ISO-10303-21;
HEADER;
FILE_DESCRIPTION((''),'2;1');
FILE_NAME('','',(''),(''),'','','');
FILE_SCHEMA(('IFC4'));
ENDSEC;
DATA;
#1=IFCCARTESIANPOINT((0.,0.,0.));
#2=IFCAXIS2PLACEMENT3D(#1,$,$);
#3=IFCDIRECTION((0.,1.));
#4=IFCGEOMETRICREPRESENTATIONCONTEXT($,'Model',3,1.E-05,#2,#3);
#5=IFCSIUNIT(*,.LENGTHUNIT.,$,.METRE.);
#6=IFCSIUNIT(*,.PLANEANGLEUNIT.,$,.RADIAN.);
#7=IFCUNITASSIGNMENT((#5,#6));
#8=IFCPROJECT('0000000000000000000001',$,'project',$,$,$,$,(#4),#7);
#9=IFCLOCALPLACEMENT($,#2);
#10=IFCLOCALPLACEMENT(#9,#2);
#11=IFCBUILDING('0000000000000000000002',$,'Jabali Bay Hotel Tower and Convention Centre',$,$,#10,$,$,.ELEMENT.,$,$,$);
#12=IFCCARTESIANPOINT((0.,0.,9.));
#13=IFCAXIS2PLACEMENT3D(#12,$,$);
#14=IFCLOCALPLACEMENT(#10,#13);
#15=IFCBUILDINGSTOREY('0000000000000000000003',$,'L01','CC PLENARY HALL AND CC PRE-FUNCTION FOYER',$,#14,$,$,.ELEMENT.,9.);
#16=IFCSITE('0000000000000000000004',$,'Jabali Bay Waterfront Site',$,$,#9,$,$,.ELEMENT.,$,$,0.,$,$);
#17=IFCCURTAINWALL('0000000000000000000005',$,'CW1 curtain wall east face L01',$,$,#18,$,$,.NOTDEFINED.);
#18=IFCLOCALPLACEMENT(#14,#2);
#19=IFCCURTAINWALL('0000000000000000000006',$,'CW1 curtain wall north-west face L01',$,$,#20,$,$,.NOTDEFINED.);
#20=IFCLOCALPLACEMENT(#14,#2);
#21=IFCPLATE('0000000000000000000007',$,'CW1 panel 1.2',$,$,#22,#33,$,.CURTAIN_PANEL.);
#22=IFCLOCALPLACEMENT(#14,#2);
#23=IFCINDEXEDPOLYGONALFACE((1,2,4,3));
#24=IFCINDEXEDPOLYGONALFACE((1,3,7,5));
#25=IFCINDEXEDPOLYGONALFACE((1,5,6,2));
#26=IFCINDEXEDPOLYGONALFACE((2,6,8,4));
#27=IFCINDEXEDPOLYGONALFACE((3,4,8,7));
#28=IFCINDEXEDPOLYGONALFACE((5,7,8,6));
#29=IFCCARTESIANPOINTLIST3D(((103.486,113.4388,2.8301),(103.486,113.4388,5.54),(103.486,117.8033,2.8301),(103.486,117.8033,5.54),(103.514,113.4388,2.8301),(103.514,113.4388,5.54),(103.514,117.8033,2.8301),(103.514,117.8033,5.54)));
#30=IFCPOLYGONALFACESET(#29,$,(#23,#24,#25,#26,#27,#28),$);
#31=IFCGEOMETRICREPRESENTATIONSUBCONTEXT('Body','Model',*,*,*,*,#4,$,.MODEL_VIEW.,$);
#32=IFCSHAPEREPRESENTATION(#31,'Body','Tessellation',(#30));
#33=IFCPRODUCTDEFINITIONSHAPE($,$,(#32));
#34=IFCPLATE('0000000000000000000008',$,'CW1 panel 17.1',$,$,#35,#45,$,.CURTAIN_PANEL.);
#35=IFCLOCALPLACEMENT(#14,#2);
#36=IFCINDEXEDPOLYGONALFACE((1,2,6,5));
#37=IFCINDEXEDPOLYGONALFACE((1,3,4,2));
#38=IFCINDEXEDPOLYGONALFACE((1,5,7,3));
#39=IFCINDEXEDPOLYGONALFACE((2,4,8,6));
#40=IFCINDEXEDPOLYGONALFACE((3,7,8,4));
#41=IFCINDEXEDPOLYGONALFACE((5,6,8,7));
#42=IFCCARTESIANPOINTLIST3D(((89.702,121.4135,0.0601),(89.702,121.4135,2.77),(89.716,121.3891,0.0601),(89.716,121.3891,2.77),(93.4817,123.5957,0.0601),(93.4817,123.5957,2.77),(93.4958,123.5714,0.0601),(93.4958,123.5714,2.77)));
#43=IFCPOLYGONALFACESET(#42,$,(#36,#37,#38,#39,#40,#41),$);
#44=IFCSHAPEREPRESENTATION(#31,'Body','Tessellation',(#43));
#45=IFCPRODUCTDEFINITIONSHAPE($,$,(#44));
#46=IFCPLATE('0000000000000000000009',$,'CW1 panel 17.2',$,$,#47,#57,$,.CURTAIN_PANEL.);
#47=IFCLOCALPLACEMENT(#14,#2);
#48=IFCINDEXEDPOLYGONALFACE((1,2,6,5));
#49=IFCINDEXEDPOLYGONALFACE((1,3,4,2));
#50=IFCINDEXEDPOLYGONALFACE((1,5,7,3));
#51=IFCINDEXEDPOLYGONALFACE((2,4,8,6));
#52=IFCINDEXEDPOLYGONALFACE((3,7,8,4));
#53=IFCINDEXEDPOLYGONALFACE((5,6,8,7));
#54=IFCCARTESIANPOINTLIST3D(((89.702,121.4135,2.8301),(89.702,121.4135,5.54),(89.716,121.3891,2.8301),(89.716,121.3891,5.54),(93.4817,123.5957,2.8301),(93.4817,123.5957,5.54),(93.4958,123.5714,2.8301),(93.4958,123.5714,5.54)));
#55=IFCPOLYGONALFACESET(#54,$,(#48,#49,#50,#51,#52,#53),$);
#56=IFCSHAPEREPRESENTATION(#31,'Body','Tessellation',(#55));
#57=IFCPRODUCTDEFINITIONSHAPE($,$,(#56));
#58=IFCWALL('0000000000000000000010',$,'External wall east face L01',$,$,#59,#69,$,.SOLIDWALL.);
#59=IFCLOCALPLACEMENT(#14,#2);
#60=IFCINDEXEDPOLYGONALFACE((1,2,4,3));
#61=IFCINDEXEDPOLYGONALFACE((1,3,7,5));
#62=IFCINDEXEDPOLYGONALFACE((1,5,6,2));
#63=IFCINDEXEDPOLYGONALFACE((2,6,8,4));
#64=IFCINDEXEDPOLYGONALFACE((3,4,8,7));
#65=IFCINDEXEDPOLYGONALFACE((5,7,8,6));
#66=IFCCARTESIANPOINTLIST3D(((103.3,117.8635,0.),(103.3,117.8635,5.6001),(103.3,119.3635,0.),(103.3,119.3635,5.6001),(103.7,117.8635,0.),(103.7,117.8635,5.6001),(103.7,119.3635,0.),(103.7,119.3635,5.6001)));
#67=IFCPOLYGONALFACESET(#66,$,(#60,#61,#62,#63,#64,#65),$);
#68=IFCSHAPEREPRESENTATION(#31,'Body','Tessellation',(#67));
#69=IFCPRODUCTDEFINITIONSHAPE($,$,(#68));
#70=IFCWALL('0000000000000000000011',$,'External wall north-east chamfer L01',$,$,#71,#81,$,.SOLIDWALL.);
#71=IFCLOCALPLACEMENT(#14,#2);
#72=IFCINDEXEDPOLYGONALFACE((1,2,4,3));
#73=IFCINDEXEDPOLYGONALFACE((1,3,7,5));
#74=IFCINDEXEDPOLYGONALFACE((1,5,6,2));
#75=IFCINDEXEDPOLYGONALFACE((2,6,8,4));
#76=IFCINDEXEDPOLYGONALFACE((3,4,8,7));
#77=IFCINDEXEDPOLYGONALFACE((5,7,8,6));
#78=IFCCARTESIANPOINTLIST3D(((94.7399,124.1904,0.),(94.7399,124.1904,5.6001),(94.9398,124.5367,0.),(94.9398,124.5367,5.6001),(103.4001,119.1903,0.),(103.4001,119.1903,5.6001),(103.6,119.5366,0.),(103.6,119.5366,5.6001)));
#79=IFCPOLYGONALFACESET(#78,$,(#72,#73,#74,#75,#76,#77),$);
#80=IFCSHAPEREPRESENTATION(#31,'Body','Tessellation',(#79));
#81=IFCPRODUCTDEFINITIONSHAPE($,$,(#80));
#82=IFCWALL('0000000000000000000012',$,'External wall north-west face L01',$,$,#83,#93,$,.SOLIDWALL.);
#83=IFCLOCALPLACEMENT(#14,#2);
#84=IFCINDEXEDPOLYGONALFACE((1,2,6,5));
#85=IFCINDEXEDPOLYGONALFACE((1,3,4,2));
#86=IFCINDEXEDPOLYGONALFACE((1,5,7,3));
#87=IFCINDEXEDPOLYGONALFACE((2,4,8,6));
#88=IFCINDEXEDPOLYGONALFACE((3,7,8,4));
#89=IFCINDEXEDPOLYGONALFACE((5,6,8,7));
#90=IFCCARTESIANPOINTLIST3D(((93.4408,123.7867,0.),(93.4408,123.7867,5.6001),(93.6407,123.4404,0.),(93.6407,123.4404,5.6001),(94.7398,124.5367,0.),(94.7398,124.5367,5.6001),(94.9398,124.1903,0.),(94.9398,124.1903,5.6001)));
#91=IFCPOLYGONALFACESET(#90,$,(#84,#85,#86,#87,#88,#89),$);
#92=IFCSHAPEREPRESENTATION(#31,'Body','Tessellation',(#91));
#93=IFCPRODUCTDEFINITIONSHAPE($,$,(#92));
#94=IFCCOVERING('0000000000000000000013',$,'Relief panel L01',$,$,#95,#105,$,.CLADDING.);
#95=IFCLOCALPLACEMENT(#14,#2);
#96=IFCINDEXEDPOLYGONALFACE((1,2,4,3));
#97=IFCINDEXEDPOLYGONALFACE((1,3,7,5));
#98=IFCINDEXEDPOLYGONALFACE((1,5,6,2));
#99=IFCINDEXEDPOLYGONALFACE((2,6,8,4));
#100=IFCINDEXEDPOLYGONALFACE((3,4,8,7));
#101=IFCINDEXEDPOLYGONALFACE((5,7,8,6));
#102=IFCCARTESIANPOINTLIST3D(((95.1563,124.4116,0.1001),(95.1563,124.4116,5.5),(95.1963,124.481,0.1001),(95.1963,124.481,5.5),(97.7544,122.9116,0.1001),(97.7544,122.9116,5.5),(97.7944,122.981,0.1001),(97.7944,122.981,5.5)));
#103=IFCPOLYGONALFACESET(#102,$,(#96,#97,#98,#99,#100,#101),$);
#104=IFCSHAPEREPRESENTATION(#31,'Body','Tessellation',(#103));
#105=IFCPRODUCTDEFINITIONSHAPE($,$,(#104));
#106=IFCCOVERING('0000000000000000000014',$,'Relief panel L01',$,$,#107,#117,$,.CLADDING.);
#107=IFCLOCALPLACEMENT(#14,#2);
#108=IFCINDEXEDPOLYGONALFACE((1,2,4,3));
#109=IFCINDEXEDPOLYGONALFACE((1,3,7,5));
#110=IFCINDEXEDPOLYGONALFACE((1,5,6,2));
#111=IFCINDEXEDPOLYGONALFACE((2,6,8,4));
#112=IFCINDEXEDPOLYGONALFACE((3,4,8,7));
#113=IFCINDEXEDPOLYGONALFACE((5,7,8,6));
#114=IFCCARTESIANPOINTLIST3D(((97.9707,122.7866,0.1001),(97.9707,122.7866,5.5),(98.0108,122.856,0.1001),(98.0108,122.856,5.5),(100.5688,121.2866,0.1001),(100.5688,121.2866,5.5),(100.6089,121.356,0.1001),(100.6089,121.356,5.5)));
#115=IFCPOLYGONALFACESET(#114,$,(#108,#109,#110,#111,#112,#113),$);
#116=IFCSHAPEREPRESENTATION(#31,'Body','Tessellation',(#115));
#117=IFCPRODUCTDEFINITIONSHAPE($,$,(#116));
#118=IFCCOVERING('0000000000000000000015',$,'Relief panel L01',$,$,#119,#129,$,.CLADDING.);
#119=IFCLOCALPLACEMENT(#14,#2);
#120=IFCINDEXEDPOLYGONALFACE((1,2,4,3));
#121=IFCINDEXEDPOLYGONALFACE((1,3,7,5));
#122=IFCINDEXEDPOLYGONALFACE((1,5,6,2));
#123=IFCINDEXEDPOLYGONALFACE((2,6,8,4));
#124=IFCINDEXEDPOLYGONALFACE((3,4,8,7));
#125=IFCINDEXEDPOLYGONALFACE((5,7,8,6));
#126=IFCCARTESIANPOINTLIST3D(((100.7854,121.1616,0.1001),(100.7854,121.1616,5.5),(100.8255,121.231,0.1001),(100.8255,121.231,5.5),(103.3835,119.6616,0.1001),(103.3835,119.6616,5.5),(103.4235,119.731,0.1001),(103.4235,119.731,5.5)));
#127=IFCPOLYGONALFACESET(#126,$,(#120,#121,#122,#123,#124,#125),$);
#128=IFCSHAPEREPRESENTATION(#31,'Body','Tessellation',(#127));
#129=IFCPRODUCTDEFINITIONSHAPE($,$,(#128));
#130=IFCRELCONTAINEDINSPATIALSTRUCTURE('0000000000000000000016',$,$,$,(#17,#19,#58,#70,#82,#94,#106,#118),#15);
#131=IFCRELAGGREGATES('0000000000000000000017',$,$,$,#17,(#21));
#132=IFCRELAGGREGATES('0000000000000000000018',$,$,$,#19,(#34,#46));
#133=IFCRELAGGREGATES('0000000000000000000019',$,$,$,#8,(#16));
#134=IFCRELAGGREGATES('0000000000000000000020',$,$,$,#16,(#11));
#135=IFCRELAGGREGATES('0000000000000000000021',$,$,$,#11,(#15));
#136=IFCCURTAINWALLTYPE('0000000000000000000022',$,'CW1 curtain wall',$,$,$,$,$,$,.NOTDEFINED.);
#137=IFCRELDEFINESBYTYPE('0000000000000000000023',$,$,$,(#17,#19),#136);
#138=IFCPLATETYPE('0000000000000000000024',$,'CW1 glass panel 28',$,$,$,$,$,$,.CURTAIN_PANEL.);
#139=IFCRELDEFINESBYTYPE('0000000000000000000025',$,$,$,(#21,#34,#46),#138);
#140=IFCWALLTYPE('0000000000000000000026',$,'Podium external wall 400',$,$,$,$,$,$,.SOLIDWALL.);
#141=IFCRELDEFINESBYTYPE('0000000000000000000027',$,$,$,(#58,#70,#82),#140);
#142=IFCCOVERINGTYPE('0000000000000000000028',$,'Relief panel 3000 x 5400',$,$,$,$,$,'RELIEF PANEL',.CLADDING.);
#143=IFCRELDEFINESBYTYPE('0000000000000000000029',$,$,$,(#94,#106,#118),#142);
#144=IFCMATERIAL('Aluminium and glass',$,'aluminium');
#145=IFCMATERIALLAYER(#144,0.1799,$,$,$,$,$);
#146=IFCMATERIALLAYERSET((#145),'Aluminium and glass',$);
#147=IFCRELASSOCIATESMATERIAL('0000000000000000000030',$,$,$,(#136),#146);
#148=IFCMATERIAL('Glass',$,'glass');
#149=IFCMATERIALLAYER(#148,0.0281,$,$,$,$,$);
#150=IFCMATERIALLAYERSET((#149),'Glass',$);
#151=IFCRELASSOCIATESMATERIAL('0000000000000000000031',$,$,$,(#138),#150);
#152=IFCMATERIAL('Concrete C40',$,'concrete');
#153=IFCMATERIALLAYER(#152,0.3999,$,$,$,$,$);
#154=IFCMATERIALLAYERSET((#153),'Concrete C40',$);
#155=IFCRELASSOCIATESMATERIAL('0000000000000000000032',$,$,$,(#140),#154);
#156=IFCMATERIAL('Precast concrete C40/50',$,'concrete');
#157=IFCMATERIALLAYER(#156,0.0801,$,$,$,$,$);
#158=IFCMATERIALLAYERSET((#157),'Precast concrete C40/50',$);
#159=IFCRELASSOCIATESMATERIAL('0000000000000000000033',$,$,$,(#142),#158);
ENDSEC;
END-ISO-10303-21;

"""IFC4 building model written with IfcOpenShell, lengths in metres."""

from ifc_helpers import new_model, si_unit, direction, frame, frame_2d, origin, origin_2d, place, context, subcontext, project, spatial, rectangle, extrude, material, layer, layer_set, type_object, element, aggregate, save


model = new_model("IFC4")

# Units and contexts
model_context = context("Model", 3, precision=1e-05, world=origin(), true_north=direction((0.0, 1.0)))
body_context = subcontext(model_context, "Body", "Model", "MODEL_VIEW")
ifc_project = project(units=[si_unit("LENGTHUNIT", "METRE"), si_unit("PLANEANGLEUNIT", "RADIAN")], contexts=[model_context])

# Site, building, storey
site_placement = place(None, origin())
site = spatial("IfcSite", under=ifc_project, at=site_placement, Name="Jabali Bay Waterfront Site", CompositionType="ELEMENT", RefElevation=0.0)
building_placement = place(site_placement, origin())
building = spatial("IfcBuilding", under=site, at=building_placement, Name="Jabali Bay Hotel Tower and Convention Centre", CompositionType="ELEMENT")
storey_placement = place(building_placement, frame((0.0, 0.0, 9.0)))
storey = spatial("IfcBuildingStorey", under=building, at=storey_placement, Name="L01", Description="CC PLENARY HALL AND CC PRE-FUNCTION FOYER", CompositionType="ELEMENT", Elevation=9.0)

# Shared definitions
ifc_material_1 = material(Name="Concrete C40", Category="concrete")

# Curtain walls
ifc_material_2 = material(Name="Aluminium and glass", Category="aluminium")
ifc_layer_1 = layer(ifc_material_2, 0.1799)
ifc_layer_set_1 = layer_set([ifc_layer_1], Name="Aluminium and glass")
curtain_wall_type = type_object("IfcCurtainWallType", Name="CW1 curtain wall", PredefinedType="NOTDEFINED", material=ifc_layer_set_1)
curtain_wall_1_placement = place(storey_placement, origin())
curtain_wall_1 = element("IfcCurtainWall", 1, at=curtain_wall_1_placement, inside=storey, type_object=curtain_wall_type, Name="CW1 curtain wall east face L01", PredefinedType="NOTDEFINED")
curtain_wall_2_placement = place(storey_placement, origin())
curtain_wall_2 = element("IfcCurtainWall", 2, at=curtain_wall_2_placement, inside=storey, type_object=curtain_wall_type, Name="CW1 curtain wall north-west face L01", PredefinedType="NOTDEFINED")

# Plates
ifc_material_3 = material(Name="Glass", Category="glass")
ifc_layer_2 = layer(ifc_material_3, 0.0281)
ifc_layer_set_2 = layer_set([ifc_layer_2], Name="Glass")
plate_type = type_object("IfcPlateType", Name="CW1 glass panel 28", PredefinedType="CURTAIN_PANEL", material=ifc_layer_set_2)
plate_1_placement = place(storey_placement, frame((103.5, 115.6211, 2.8301), z_axis=(0.0, 0.0, 1.0), x_axis=(0.0, -1.0, 0.0)))
plate_1 = element("IfcPlate", 3, at=plate_1_placement, type_object=plate_type, Name="CW1 panel 1.2", PredefinedType="CURTAIN_PANEL", context=body_context, shape_type="SweptSolid", body=[
    extrude(rectangle(XDim=4.3645, YDim=0.0281, at=origin_2d()), origin(), (0.0, 0.0, 1.0), 2.71),
])
aggregate(curtain_wall_1, [plate_1])
plate_2_placement = place(storey_placement, frame((91.5989, 122.4924, 0.0601), z_axis=(0.0, 0.0, 1.0), x_axis=(0.866025, 0.5, 0.0)))
plate_2 = element("IfcPlate", 4, at=plate_2_placement, type_object=plate_type, Name="CW1 panel 17.1", PredefinedType="CURTAIN_PANEL", context=body_context, shape_type="SweptSolid", body=[
    extrude(rectangle(XDim=4.3645, YDim=0.0281, at=origin_2d()), origin(), (0.0, 0.0, 1.0), 2.71),
])
plate_3_placement = place(storey_placement, frame((91.5989, 122.4924, 2.8301), z_axis=(0.0, 0.0, 1.0), x_axis=(0.866025, 0.5, 0.0)))
plate_3 = element("IfcPlate", 5, at=plate_3_placement, type_object=plate_type, Name="CW1 panel 17.2", PredefinedType="CURTAIN_PANEL", context=body_context, shape_type="SweptSolid", body=[
    extrude(rectangle(XDim=4.3645, YDim=0.0281, at=origin_2d()), origin(), (0.0, 0.0, 1.0), 2.71),
])
aggregate(curtain_wall_2, [plate_2, plate_3])

# Walls
ifc_layer_3 = layer(ifc_material_1, 0.3999)
ifc_layer_set_3 = layer_set([ifc_layer_3], Name="Concrete C40")
wall_type = type_object("IfcWallType", Name="Podium external wall 400", PredefinedType="SOLIDWALL", material=ifc_layer_set_3)
wall_1_placement = place(storey_placement, frame((103.5, 119.3635, 0.0), z_axis=(0.0, 0.0, 1.0), x_axis=(0.0, -1.0, 0.0)))
element("IfcWall", 6, at=wall_1_placement, inside=storey, type_object=wall_type, Name="External wall east face L01", PredefinedType="SOLIDWALL", context=body_context, shape_type="SweptSolid", body=[
    extrude(rectangle(XDim=1.5, YDim=0.3999, at=frame_2d((0.75, 0.0))), origin(), (0.0, 0.0, 1.0), 5.6001),
])
wall_2_placement = place(storey_placement, frame((94.8398, 124.3635, 0.0), z_axis=(0.0, 0.0, 1.0), x_axis=(0.866023, -0.500004, 0.0)))
element("IfcWall", 7, at=wall_2_placement, inside=storey, type_object=wall_type, Name="External wall north-east chamfer L01", PredefinedType="SOLIDWALL", context=body_context, shape_type="SweptSolid", body=[
    extrude(rectangle(XDim=10.0, YDim=0.3999, at=frame_2d((5.0, 0.0))), origin(), (0.0, 0.0, 1.0), 5.6001),
])
wall_3_placement = place(storey_placement, frame((93.5408, 123.6135, 0.0), z_axis=(0.0, 0.0, 1.0), x_axis=(0.866031, 0.49999, 0.0)))
element("IfcWall", 8, at=wall_3_placement, inside=storey, type_object=wall_type, Name="External wall north-west face L01", PredefinedType="SOLIDWALL", context=body_context, shape_type="SweptSolid", body=[
    extrude(rectangle(XDim=1.5, YDim=0.3999, at=frame_2d((0.75, 0.0))), origin(), (0.0, 0.0, 1.0), 5.6001),
])

# Coverings
ifc_material_4 = material(Name="Precast concrete C40/50", Category="concrete")
ifc_layer_4 = layer(ifc_material_4, 0.0801)
ifc_layer_set_4 = layer_set([ifc_layer_4], Name="Precast concrete C40/50")
covering_type = type_object("IfcCoveringType", Name="Relief panel 3000 x 5400", ElementType="RELIEF PANEL", PredefinedType="CLADDING", material=ifc_layer_set_4)
for number, where, z_axis, x_axis, name in (
    (9, (96.4753, 123.6963, 0.1001), (0.0, 0.0, 1.0), (0.866025, -0.5, 0.0), "Relief panel L01"),
    (10, (99.2898, 122.0713, 0.1001), (0.0, 0.0, 1.0), (0.866025, -0.5, 0.0), "Relief panel L01"),
    (11, (102.1045, 120.4463, 0.1001), (0.0, 0.0, 1.0), (0.866025, -0.5, 0.0), "Relief panel L01"),
):
    element("IfcCovering", number, at=place(storey_placement, frame(where, z_axis=z_axis, x_axis=x_axis)), inside=storey, type_object=covering_type, Name=name, PredefinedType="CLADDING", context=body_context, shape_type="SweptSolid", body=[
        extrude(rectangle(XDim=3.0, YDim=0.0801, at=origin_2d()), origin(), (0.0, 0.0, 1.0), 5.3999),
    ])

save(model, "model.ifc")
